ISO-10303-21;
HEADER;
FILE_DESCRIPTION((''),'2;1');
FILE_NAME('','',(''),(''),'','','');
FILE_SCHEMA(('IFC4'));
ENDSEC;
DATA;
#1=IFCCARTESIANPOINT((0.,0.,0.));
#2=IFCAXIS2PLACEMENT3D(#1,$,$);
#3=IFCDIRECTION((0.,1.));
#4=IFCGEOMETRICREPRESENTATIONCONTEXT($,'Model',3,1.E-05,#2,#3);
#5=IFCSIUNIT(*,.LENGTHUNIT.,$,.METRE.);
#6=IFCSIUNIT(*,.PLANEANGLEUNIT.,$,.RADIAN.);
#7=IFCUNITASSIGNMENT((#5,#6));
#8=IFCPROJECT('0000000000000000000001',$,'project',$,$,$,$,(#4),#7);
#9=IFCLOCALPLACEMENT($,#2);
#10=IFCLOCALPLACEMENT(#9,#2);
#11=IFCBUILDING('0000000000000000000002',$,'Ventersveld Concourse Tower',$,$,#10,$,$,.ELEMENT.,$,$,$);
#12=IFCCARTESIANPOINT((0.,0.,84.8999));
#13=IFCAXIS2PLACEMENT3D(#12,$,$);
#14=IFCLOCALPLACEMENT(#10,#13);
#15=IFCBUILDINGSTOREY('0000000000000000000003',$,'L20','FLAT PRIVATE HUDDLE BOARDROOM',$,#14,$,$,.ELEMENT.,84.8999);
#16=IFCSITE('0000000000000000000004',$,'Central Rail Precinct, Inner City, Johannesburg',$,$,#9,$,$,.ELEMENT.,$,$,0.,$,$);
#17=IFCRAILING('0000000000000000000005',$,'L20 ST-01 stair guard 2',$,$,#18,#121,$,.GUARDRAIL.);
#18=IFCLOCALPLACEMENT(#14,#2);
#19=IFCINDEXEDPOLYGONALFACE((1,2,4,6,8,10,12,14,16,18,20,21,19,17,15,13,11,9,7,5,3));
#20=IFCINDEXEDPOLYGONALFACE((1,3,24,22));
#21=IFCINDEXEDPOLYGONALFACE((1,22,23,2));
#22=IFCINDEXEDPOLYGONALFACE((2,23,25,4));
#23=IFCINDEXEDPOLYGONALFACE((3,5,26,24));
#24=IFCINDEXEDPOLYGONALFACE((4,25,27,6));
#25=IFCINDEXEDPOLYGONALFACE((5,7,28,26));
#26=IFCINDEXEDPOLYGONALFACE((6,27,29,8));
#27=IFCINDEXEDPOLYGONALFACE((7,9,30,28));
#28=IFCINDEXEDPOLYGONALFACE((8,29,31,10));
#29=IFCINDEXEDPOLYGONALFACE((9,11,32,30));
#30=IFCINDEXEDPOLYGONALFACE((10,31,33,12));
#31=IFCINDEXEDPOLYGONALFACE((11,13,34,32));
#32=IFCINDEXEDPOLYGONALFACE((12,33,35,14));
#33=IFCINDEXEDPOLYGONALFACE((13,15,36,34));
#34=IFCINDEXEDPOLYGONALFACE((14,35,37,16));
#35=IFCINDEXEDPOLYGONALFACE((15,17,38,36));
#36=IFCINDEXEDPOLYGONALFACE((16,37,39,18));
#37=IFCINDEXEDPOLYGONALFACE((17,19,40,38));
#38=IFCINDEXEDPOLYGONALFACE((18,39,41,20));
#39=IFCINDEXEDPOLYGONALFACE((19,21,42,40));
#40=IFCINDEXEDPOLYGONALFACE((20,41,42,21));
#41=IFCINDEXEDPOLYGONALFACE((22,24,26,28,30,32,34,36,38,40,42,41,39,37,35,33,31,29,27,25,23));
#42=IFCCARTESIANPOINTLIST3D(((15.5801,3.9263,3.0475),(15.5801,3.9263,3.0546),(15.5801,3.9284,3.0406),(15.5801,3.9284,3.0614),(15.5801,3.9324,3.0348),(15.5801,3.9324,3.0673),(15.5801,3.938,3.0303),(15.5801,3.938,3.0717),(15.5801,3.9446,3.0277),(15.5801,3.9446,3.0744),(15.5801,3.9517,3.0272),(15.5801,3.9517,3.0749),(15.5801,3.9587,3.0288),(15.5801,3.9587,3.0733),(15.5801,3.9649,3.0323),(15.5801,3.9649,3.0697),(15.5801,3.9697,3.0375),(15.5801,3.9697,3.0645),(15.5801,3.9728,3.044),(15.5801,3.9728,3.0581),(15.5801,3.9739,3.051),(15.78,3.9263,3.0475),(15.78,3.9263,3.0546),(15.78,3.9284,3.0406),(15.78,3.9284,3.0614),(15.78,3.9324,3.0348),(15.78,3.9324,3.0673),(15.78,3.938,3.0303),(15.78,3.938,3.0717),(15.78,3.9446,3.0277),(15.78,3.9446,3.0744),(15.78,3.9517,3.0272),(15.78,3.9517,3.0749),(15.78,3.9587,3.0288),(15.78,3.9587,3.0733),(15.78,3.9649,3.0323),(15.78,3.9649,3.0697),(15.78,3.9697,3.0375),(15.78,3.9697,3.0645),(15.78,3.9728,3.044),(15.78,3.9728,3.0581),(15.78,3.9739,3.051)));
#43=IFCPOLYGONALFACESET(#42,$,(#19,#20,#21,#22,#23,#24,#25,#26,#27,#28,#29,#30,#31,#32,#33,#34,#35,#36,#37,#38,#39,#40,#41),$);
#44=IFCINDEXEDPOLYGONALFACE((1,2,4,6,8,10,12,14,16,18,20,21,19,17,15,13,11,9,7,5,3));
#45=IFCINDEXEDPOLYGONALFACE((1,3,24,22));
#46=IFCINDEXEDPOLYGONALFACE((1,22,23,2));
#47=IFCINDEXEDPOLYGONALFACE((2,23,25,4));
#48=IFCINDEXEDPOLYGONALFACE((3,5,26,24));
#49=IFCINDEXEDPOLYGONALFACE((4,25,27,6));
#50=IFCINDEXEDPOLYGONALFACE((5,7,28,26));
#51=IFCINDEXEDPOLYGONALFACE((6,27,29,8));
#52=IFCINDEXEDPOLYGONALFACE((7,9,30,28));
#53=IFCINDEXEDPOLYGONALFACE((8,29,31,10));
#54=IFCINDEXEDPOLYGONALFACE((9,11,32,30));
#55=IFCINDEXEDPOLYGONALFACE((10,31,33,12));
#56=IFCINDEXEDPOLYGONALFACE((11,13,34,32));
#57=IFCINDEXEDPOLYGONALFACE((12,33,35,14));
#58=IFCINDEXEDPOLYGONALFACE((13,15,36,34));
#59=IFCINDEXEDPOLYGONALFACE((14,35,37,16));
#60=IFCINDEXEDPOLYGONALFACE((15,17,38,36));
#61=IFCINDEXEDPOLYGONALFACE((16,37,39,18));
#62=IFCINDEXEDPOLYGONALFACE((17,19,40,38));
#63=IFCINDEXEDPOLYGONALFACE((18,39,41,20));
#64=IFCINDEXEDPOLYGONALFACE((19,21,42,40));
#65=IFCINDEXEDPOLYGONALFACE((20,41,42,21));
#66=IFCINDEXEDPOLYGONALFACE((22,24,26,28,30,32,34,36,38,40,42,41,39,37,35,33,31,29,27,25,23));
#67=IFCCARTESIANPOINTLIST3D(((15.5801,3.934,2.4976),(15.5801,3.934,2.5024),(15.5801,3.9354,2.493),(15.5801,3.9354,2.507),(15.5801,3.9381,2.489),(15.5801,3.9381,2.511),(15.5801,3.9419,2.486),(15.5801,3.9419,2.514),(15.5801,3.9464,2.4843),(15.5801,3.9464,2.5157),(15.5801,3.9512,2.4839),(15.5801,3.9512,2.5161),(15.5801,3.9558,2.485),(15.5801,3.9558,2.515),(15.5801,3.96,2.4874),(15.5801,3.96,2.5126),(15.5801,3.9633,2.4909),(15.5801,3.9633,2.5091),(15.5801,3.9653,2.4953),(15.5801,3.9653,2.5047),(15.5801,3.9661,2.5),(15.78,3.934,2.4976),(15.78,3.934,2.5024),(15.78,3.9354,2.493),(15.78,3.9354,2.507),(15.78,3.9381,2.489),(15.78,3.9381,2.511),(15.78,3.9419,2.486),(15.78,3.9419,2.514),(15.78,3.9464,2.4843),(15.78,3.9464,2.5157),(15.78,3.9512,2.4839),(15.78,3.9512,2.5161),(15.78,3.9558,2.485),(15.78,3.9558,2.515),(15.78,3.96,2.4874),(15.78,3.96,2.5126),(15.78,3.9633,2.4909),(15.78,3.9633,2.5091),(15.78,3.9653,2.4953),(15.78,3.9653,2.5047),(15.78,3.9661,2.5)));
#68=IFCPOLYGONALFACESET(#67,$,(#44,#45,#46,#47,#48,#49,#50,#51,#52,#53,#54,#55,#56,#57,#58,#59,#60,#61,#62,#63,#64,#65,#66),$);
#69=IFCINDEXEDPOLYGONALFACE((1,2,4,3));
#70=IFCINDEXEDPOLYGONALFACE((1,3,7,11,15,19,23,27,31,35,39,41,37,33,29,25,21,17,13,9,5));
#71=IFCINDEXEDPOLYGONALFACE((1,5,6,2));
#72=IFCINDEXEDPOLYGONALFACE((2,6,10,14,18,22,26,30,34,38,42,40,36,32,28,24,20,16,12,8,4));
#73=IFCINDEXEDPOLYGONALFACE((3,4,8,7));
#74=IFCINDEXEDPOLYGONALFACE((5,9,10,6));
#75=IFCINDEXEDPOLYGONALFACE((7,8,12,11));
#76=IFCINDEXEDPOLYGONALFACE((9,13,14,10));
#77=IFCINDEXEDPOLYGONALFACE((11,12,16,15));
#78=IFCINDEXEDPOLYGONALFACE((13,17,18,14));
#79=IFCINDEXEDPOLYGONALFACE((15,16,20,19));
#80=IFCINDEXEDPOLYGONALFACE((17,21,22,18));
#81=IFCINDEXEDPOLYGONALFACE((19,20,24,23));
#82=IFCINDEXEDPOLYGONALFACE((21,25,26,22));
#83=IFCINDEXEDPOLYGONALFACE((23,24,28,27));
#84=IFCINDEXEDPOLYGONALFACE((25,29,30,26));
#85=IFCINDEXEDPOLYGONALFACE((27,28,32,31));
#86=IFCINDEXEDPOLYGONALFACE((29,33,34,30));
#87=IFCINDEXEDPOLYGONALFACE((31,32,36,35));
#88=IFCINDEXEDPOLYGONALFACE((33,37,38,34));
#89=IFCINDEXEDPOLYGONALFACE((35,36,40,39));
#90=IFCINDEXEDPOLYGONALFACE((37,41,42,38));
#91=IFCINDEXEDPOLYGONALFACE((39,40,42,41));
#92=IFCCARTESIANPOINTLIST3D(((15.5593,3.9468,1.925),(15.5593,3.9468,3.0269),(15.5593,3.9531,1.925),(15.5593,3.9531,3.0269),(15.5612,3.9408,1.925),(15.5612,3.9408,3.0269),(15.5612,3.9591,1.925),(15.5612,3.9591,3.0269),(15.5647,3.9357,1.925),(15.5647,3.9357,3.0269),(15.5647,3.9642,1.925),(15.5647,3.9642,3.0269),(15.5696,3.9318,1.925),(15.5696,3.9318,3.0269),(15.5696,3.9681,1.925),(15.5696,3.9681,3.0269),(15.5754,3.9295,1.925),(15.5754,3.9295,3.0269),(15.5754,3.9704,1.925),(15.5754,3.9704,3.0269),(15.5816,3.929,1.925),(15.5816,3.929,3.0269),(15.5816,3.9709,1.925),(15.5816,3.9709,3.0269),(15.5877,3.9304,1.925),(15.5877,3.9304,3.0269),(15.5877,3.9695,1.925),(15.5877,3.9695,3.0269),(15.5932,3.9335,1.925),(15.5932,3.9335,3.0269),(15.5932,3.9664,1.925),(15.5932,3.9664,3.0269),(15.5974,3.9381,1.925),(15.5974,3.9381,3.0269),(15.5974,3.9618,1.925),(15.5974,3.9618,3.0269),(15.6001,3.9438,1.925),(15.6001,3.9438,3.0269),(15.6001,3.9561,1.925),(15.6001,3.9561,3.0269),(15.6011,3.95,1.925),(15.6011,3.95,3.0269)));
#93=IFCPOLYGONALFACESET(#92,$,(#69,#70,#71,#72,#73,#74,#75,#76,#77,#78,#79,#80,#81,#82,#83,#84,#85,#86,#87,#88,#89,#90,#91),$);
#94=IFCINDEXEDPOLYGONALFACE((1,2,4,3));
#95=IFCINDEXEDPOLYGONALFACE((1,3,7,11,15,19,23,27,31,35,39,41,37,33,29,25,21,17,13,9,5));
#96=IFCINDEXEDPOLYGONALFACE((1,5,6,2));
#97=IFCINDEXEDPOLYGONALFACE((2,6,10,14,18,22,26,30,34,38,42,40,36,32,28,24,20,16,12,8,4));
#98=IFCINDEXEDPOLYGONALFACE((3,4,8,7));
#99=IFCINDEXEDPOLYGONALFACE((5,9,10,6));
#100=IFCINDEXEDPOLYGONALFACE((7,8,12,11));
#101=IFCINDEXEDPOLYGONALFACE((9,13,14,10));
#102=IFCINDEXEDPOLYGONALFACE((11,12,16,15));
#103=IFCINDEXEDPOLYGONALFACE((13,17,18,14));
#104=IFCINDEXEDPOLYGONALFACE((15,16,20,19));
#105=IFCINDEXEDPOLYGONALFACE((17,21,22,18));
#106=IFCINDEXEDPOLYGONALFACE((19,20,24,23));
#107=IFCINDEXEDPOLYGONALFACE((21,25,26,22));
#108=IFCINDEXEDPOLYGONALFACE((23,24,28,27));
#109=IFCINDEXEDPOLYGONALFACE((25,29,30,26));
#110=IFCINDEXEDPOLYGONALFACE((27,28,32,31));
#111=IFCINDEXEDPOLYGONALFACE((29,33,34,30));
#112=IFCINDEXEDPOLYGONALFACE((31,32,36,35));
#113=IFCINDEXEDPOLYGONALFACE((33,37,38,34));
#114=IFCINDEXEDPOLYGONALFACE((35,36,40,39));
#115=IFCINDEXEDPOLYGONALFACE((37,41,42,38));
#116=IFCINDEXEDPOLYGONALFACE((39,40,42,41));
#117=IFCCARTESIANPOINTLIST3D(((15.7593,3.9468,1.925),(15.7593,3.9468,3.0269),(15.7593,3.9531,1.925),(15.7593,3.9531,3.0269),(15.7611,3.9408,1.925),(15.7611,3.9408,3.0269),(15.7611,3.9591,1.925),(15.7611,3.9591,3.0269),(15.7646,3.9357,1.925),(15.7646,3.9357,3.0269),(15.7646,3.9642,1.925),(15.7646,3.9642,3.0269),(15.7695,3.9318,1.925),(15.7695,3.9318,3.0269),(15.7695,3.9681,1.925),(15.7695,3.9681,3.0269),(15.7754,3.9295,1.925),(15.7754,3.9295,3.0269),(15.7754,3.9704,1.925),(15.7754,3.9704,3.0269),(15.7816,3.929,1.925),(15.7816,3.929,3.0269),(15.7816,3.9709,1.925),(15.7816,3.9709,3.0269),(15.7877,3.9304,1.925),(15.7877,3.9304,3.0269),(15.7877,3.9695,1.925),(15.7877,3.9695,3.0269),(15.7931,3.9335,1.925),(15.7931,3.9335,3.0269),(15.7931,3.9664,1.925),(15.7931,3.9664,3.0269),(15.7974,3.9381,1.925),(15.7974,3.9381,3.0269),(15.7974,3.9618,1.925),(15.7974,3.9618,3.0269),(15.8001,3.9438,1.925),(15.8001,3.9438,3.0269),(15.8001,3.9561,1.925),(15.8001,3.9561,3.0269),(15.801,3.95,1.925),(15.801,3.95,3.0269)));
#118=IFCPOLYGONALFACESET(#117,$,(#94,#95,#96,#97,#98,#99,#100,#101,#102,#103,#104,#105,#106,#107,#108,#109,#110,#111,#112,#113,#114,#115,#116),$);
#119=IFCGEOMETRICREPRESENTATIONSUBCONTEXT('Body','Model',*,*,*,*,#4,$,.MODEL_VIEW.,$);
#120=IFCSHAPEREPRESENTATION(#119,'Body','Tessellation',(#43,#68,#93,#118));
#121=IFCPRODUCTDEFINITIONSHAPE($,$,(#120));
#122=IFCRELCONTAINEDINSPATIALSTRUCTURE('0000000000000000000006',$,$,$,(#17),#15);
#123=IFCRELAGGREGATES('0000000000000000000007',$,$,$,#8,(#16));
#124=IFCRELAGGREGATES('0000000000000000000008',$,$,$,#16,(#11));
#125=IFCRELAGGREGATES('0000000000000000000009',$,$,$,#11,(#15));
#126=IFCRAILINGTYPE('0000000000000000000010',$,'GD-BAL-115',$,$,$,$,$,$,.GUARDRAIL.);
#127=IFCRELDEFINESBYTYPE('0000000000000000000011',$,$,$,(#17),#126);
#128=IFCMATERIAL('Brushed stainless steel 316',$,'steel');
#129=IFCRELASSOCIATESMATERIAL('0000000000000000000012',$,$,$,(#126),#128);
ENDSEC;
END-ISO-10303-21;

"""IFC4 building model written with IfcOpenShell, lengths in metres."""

from ifc_helpers import new_model, si_unit, direction, frame, origin, origin_2d, place, context, subcontext, project, spatial, circle, extrude, material, type_object, element, save


model = new_model("IFC4")

# Units and contexts
model_context = context("Model", 3, precision=1e-05, world=origin(), true_north=direction((0.0, 1.0)))
body_context = subcontext(model_context, "Body", "Model", "MODEL_VIEW")
ifc_project = project(units=[si_unit("LENGTHUNIT", "METRE"), si_unit("PLANEANGLEUNIT", "RADIAN")], contexts=[model_context])

# Site, building, storey
site_placement = place(None, origin())
site = spatial("IfcSite", under=ifc_project, at=site_placement, Name="Central Rail Precinct, Inner City, Johannesburg", CompositionType="ELEMENT", RefElevation=0.0)
building_placement = place(site_placement, origin())
building = spatial("IfcBuilding", under=site, at=building_placement, Name="Ventersveld Concourse Tower", CompositionType="ELEMENT")
storey_placement = place(building_placement, frame((0.0, 0.0, 84.8999)))
storey = spatial("IfcBuildingStorey", under=building, at=storey_placement, Name="L20", Description="FLAT PRIVATE HUDDLE BOARDROOM", CompositionType="ELEMENT", Elevation=84.8999)

# Railing
ifc_material_1 = material(Name="Brushed stainless steel 316", Category="steel")
railing_type_1 = type_object("IfcRailingType", Name="GD-BAL-115", PredefinedType="GUARDRAIL", material=ifc_material_1)
railing_1_placement = place(storey_placement, frame((15.5801, 3.95, 1.925)))
element("IfcRailing", 1, at=railing_1_placement, inside=storey, type_object=railing_type_1, Name="L20 ST-01 stair guard 2", PredefinedType="GUARDRAIL", context=body_context, shape_type="SweptSolid", body=[
    extrude(circle(Radius=0.0239, at=origin_2d()), frame((0.0, 0.0, 1.126), z_axis=(1.0, 0.0, 0.0), x_axis=(0.0, 1.0, 0.0)), (0.0, 0.0, 1.0), 0.2),
    extrude(circle(Radius=0.0161, at=origin_2d()), frame((0.0, 0.0, 0.575), z_axis=(1.0, 0.0, 0.0), x_axis=(0.0, 1.0, 0.0)), (0.0, 0.0, 1.0), 0.2),
    extrude(circle(Radius=0.021, at=origin_2d()), origin(), (0.0, 0.0, 1.0), 1.1018),
    extrude(circle(Radius=0.021, at=origin_2d()), frame((0.2, 0.0, 0.0)), (0.0, 0.0, 1.0), 1.1018),
])

save(model, "model.ifc")
